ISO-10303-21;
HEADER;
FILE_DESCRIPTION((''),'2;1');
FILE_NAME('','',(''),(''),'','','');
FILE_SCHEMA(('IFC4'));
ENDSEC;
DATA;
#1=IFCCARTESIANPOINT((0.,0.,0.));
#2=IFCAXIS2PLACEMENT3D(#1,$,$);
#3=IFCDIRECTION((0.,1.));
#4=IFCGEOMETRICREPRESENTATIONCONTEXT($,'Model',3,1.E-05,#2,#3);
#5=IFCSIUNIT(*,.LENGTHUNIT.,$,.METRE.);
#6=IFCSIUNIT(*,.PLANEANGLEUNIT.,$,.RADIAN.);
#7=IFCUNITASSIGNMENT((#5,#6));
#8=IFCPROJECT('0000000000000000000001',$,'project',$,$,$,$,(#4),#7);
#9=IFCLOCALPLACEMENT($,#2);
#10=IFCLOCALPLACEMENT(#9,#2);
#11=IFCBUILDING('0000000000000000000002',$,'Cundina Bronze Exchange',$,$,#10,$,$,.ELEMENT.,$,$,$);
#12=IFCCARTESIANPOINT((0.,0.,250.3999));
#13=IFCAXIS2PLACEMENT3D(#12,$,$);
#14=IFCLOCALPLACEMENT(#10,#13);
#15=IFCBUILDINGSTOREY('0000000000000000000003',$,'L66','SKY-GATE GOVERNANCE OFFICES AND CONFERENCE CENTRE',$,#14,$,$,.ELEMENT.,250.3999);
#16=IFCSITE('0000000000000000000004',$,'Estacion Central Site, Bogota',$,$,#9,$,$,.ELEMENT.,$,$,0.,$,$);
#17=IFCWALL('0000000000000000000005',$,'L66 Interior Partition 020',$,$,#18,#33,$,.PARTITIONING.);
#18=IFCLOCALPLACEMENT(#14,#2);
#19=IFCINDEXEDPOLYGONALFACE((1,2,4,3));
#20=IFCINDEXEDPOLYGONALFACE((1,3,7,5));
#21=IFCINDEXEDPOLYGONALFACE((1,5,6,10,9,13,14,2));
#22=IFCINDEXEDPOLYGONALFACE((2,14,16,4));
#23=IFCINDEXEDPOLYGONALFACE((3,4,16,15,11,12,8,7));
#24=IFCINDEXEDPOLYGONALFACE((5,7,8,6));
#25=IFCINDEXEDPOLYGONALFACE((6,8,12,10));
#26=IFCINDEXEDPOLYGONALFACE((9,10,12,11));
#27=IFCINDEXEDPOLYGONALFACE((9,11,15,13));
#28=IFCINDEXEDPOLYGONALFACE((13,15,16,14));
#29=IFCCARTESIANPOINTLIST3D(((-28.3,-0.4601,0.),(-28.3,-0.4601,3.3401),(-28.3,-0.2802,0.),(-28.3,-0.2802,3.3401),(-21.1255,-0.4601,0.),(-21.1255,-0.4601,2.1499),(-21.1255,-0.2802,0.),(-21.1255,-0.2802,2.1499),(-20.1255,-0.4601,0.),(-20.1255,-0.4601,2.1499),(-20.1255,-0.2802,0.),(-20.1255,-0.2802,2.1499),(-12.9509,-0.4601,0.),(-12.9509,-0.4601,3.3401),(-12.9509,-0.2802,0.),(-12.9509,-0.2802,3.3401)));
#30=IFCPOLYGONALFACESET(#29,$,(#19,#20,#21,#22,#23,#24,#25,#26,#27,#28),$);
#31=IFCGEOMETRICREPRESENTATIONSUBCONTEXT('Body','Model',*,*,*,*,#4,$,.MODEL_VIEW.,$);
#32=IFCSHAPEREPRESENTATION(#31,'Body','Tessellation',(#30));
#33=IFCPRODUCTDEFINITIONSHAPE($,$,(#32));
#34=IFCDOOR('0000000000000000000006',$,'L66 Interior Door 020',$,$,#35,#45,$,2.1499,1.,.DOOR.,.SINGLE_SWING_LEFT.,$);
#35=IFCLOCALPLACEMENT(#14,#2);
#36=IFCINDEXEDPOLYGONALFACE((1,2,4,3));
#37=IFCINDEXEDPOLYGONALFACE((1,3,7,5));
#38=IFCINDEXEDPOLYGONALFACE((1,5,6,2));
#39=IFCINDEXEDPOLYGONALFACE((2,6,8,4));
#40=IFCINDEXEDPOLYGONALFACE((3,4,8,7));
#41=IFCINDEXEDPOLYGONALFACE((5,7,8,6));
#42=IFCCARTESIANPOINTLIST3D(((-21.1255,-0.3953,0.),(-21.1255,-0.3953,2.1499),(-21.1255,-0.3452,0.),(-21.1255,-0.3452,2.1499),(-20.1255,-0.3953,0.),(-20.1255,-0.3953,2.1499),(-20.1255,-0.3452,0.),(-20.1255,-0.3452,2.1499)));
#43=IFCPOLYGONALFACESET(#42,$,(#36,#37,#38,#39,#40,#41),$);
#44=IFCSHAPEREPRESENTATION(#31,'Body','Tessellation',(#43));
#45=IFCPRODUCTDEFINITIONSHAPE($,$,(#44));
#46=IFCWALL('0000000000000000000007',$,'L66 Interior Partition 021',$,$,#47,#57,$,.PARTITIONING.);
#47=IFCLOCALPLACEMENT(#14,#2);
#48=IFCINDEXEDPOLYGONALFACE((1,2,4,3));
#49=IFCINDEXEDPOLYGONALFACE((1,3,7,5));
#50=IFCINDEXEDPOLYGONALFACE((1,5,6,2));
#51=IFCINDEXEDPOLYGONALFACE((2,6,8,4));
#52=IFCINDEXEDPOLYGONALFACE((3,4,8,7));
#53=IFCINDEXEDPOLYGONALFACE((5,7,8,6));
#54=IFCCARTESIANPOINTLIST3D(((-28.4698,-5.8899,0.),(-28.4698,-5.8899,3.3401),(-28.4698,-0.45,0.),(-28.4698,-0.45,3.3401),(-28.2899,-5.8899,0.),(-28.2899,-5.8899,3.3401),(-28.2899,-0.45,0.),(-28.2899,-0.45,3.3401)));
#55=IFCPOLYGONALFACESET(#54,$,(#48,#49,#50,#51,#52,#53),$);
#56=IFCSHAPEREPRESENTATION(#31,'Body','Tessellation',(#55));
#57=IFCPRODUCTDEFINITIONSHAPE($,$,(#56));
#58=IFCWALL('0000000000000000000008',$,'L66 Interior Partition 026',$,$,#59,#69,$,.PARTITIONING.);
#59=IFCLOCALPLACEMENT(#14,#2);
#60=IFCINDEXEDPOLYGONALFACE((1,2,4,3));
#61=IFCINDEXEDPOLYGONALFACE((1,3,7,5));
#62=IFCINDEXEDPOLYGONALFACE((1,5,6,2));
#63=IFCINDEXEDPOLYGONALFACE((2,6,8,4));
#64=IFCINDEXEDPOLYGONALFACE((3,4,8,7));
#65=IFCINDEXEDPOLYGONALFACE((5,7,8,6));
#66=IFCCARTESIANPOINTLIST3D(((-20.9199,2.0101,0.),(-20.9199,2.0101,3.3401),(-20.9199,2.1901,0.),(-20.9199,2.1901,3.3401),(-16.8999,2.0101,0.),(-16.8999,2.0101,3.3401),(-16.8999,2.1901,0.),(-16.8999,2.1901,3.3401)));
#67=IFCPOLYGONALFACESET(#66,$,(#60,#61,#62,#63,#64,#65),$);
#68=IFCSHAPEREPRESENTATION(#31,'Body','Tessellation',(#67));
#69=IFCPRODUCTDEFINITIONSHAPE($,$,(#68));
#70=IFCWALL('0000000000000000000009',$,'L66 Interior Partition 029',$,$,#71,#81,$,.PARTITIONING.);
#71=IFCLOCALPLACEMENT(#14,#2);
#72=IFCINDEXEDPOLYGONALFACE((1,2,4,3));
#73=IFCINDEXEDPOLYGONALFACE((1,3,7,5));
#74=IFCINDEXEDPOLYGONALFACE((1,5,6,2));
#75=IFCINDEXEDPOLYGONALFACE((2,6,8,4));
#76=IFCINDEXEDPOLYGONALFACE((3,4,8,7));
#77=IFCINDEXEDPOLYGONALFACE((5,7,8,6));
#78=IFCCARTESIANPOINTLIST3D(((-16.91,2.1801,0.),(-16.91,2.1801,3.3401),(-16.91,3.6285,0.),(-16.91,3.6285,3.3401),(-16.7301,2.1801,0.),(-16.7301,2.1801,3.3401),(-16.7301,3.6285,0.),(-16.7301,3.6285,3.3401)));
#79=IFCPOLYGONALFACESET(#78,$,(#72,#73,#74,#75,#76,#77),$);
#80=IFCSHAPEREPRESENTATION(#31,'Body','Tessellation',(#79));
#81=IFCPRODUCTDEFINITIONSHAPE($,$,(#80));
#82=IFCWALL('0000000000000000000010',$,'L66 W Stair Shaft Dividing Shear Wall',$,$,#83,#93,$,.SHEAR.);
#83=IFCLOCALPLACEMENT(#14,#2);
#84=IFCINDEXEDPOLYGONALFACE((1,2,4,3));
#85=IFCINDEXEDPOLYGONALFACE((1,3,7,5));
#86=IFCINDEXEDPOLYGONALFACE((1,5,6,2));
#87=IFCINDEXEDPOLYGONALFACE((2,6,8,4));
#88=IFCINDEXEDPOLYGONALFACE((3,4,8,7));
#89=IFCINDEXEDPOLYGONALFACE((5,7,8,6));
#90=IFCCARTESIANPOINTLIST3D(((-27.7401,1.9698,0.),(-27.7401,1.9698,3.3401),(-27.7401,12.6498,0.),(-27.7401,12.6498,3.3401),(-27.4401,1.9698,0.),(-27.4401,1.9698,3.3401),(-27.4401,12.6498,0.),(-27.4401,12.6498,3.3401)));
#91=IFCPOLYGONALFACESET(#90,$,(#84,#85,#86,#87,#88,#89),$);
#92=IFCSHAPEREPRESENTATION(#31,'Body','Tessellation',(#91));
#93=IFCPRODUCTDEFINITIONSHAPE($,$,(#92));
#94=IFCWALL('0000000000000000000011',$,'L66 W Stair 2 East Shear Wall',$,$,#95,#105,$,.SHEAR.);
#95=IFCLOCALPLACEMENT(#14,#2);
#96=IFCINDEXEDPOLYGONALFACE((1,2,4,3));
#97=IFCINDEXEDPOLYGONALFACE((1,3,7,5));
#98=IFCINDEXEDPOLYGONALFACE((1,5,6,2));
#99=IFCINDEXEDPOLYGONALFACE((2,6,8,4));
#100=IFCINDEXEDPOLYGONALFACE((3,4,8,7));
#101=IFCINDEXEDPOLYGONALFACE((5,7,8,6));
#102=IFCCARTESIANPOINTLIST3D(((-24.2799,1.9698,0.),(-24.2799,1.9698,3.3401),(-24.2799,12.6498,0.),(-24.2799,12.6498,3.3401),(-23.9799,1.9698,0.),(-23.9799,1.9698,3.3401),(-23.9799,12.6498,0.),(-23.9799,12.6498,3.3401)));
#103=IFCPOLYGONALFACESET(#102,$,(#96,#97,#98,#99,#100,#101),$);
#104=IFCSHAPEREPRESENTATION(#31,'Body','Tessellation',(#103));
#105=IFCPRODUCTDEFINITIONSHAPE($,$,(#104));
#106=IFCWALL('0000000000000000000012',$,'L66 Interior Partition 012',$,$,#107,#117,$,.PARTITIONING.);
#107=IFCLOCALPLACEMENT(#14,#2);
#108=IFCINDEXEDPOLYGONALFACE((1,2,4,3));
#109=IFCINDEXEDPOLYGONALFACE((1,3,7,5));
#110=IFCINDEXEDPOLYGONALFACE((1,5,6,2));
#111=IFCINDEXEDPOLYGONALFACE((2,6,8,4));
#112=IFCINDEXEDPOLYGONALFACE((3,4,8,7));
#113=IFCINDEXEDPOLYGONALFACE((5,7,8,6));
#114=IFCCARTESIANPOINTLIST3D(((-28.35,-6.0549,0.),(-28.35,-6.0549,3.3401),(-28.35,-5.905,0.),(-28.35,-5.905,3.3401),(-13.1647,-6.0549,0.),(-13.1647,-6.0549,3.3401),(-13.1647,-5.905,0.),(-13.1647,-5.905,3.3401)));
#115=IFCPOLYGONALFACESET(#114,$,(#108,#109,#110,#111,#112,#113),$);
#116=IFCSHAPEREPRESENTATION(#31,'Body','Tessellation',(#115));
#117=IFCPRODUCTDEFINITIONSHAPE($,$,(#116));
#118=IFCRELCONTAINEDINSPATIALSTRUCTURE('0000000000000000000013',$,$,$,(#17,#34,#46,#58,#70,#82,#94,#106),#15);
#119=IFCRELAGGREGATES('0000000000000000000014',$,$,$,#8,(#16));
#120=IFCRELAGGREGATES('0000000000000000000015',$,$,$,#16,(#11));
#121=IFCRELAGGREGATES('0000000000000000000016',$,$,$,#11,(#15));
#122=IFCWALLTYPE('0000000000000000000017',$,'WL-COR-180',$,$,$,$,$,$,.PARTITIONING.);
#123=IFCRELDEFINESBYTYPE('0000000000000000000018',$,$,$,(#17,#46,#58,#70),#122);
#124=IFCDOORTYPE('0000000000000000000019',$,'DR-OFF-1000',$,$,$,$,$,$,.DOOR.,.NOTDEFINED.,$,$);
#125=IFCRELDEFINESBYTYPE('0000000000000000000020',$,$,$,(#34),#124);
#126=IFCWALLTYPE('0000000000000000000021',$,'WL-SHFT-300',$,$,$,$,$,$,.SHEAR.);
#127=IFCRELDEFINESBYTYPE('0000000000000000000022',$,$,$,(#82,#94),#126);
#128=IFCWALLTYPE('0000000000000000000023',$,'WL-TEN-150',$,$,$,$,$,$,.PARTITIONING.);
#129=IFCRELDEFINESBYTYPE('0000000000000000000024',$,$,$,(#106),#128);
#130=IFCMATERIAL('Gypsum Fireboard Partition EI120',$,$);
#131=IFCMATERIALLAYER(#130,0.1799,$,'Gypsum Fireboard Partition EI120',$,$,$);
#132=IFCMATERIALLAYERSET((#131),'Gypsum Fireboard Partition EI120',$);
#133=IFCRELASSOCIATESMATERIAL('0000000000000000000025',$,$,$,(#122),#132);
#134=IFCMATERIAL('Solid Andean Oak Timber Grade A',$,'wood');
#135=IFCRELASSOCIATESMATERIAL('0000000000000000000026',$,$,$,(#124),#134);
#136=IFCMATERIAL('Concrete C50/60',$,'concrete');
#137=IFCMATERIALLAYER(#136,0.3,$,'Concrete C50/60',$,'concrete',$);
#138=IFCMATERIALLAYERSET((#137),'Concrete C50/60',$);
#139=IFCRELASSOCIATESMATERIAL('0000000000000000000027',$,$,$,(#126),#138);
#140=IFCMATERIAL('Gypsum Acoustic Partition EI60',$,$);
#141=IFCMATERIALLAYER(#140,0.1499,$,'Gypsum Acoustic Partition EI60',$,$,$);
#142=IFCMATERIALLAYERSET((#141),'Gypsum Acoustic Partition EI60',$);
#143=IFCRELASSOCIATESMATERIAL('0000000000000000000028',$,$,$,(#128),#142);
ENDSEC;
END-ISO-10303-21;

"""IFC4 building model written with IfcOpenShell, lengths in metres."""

from ifc_helpers import new_model, si_unit, direction, frame, frame_2d, origin, place, context, subcontext, project, spatial, rectangle, extrude, material, layer, layer_set, type_object, element, fill, save


model = new_model("IFC4")

# Units and contexts
model_context = context("Model", 3, precision=1e-05, world=origin(), true_north=direction((0.0, 1.0)))
body_context = subcontext(model_context, "Body", "Model", "MODEL_VIEW")
ifc_project = project(units=[si_unit("LENGTHUNIT", "METRE"), si_unit("PLANEANGLEUNIT", "RADIAN")], contexts=[model_context])

# Site, building, storey
site_placement = place(None, origin())
site = spatial("IfcSite", under=ifc_project, at=site_placement, Name="Estacion Central Site, Bogota", CompositionType="ELEMENT", RefElevation=0.0)
building_placement = place(site_placement, origin())
building = spatial("IfcBuilding", under=site, at=building_placement, Name="Cundina Bronze Exchange", CompositionType="ELEMENT")
storey_placement = place(building_placement, frame((0.0, 0.0, 250.3999)))
storey = spatial("IfcBuildingStorey", under=building, at=storey_placement, Name="L66", Description="SKY-GATE GOVERNANCE OFFICES AND CONFERENCE CENTRE", CompositionType="ELEMENT", Elevation=250.3999)

# Shared definitions
ifc_material_1 = material(Name="Concrete C50/60", Category="concrete")

# Shared definitions
ifc_material_2 = material(Name="Gypsum Fireboard Partition EI120")
ifc_layer_1 = layer(ifc_material_2, 0.1799, Name="Gypsum Fireboard Partition EI120")
ifc_layer_set_1 = layer_set([ifc_layer_1], Name="Gypsum Fireboard Partition EI120")
wall_type_1 = type_object("IfcWallType", Name="WL-COR-180", PredefinedType="PARTITIONING", material=ifc_layer_set_1)

# Wall, opening, door
wall_1_placement = place(storey_placement, frame((-28.3, -0.3701, 0.0), z_axis=(0.0, 0.0, 1.0), x_axis=(1.0, 0.0, 0.0)))
wall_1 = element("IfcWall", 1, at=wall_1_placement, inside=storey, type_object=wall_type_1, Name="L66 Interior Partition 020", PredefinedType="PARTITIONING", context=body_context, shape_type="SweptSolid", body=[
    extrude(rectangle(XDim=15.3491, YDim=0.1799, at=frame_2d((7.6746, 0.0))), origin(), (0.0, 0.0, 1.0), 3.3401),
])
opening_1_placement = place(wall_1_placement, frame((7.1746, 0.0, 0.0)))
opening_1 = element("IfcOpeningElement", 2, at=opening_1_placement, cuts=wall_1, PredefinedType="OPENING", context=body_context, shape_type="SweptSolid", body=[
    extrude(rectangle(XDim=1.0, YDim=2.1499, at=frame_2d((0.5, 1.075))), frame((0.0, 0.0999, 0.0), z_axis=(0.0, -1.0, 0.0), x_axis=(1.0, 0.0, 0.0)), (0.0, 0.0, 1.0), 0.2),
])
ifc_material_3 = material(Name="Solid Andean Oak Timber Grade A", Category="wood")
door_type_1 = type_object("IfcDoorType", Name="DR-OFF-1000", OperationType="NOTDEFINED", PredefinedType="DOOR", material=ifc_material_3)
door_1_placement = place(opening_1_placement, origin())
door_1 = element("IfcDoor", 3, at=door_1_placement, inside=storey, type_object=door_type_1, Name="L66 Interior Door 020", OperationType="SINGLE_SWING_LEFT", OverallHeight=2.1499, OverallWidth=1.0, PredefinedType="DOOR", context=body_context, shape_type="SweptSolid", body=[
    extrude(rectangle(XDim=1.0, YDim=2.1499, at=frame_2d((0.5, 1.075))), frame((0.0, 0.0249, 0.0), z_axis=(0.0, -1.0, 0.0), x_axis=(1.0, 0.0, 0.0)), (0.0, 0.0, 1.0), 0.05),
])
fill(opening_1, door_1)

# Walls
wall_2_placement = place(storey_placement, frame((-28.3799, -5.8899, 0.0), z_axis=(0.0, 0.0, 1.0), x_axis=(0.0, 1.0, 0.0)))
element("IfcWall", 4, at=wall_2_placement, inside=storey, type_object=wall_type_1, Name="L66 Interior Partition 021", PredefinedType="PARTITIONING", context=body_context, shape_type="SweptSolid", body=[
    extrude(rectangle(XDim=5.4399, YDim=0.1799, at=frame_2d((2.72, 0.0))), origin(), (0.0, 0.0, 1.0), 3.3401),
])
wall_3_placement = place(storey_placement, frame((-16.8999, 2.1001, 0.0), z_axis=(0.0, 0.0, 1.0), x_axis=(-1.0, 0.0, 0.0)))
element("IfcWall", 5, at=wall_3_placement, inside=storey, type_object=wall_type_1, Name="L66 Interior Partition 026", PredefinedType="PARTITIONING", context=body_context, shape_type="SweptSolid", body=[
    extrude(rectangle(XDim=4.02, YDim=0.1799, at=frame_2d((2.01, 0.0))), origin(), (0.0, 0.0, 1.0), 3.3401),
])
wall_4_placement = place(storey_placement, frame((-16.8201, 3.6284, 0.0), z_axis=(0.0, 0.0, 1.0), x_axis=(0.0, -1.0, 0.0)))
element("IfcWall", 6, at=wall_4_placement, inside=storey, type_object=wall_type_1, Name="L66 Interior Partition 029", PredefinedType="PARTITIONING", context=body_context, shape_type="SweptSolid", body=[
    extrude(rectangle(XDim=1.4485, YDim=0.1799, at=frame_2d((0.7241, 0.0))), origin(), (0.0, 0.0, 1.0), 3.3401),
])
ifc_layer_2 = layer(ifc_material_1, 0.3, Name="Concrete C50/60", Category="concrete")
ifc_layer_set_2 = layer_set([ifc_layer_2], Name="Concrete C50/60")
wall_type_2 = type_object("IfcWallType", Name="WL-SHFT-300", PredefinedType="SHEAR", material=ifc_layer_set_2)
for number, where, z_axis, x_axis, name in (
    (7, (-27.5901, 1.97, 0.0), (0.0, 0.0, 1.0), (0.0, 1.0, 0.0), "L66 W Stair Shaft Dividing Shear Wall"),
    (8, (-24.1299, 1.97, 0.0), (0.0, 0.0, 1.0), (0.0, 1.0, 0.0), "L66 W Stair 2 East Shear Wall"),
):
    element("IfcWall", number, at=place(storey_placement, frame(where, z_axis=z_axis, x_axis=x_axis)), inside=storey, type_object=wall_type_2, Name=name, PredefinedType="SHEAR", context=body_context, shape_type="SweptSolid", body=[
        extrude(rectangle(XDim=10.6799, YDim=0.3, at=frame_2d((5.3398, 0.0))), origin(), (0.0, 0.0, 1.0), 3.3401),
    ])
ifc_material_4 = material(Name="Gypsum Acoustic Partition EI60")
ifc_layer_3 = layer(ifc_material_4, 0.1499, Name="Gypsum Acoustic Partition EI60")
ifc_layer_set_3 = layer_set([ifc_layer_3], Name="Gypsum Acoustic Partition EI60")
wall_type_3 = type_object("IfcWallType", Name="WL-TEN-150", PredefinedType="PARTITIONING", material=ifc_layer_set_3)
wall_5_placement = place(storey_placement, frame((-28.3501, -5.98, 0.0), z_axis=(0.0, 0.0, 1.0), x_axis=(1.0, 0.0, 0.0)))
element("IfcWall", 9, at=wall_5_placement, inside=storey, type_object=wall_type_3, Name="L66 Interior Partition 012", PredefinedType="PARTITIONING", context=body_context, shape_type="SweptSolid", body=[
    extrude(rectangle(XDim=15.1853, YDim=0.1499, at=frame_2d((7.5928, 0.0))), origin(), (0.0, 0.0, 1.0), 3.3401),
])

save(model, "model.ifc")
